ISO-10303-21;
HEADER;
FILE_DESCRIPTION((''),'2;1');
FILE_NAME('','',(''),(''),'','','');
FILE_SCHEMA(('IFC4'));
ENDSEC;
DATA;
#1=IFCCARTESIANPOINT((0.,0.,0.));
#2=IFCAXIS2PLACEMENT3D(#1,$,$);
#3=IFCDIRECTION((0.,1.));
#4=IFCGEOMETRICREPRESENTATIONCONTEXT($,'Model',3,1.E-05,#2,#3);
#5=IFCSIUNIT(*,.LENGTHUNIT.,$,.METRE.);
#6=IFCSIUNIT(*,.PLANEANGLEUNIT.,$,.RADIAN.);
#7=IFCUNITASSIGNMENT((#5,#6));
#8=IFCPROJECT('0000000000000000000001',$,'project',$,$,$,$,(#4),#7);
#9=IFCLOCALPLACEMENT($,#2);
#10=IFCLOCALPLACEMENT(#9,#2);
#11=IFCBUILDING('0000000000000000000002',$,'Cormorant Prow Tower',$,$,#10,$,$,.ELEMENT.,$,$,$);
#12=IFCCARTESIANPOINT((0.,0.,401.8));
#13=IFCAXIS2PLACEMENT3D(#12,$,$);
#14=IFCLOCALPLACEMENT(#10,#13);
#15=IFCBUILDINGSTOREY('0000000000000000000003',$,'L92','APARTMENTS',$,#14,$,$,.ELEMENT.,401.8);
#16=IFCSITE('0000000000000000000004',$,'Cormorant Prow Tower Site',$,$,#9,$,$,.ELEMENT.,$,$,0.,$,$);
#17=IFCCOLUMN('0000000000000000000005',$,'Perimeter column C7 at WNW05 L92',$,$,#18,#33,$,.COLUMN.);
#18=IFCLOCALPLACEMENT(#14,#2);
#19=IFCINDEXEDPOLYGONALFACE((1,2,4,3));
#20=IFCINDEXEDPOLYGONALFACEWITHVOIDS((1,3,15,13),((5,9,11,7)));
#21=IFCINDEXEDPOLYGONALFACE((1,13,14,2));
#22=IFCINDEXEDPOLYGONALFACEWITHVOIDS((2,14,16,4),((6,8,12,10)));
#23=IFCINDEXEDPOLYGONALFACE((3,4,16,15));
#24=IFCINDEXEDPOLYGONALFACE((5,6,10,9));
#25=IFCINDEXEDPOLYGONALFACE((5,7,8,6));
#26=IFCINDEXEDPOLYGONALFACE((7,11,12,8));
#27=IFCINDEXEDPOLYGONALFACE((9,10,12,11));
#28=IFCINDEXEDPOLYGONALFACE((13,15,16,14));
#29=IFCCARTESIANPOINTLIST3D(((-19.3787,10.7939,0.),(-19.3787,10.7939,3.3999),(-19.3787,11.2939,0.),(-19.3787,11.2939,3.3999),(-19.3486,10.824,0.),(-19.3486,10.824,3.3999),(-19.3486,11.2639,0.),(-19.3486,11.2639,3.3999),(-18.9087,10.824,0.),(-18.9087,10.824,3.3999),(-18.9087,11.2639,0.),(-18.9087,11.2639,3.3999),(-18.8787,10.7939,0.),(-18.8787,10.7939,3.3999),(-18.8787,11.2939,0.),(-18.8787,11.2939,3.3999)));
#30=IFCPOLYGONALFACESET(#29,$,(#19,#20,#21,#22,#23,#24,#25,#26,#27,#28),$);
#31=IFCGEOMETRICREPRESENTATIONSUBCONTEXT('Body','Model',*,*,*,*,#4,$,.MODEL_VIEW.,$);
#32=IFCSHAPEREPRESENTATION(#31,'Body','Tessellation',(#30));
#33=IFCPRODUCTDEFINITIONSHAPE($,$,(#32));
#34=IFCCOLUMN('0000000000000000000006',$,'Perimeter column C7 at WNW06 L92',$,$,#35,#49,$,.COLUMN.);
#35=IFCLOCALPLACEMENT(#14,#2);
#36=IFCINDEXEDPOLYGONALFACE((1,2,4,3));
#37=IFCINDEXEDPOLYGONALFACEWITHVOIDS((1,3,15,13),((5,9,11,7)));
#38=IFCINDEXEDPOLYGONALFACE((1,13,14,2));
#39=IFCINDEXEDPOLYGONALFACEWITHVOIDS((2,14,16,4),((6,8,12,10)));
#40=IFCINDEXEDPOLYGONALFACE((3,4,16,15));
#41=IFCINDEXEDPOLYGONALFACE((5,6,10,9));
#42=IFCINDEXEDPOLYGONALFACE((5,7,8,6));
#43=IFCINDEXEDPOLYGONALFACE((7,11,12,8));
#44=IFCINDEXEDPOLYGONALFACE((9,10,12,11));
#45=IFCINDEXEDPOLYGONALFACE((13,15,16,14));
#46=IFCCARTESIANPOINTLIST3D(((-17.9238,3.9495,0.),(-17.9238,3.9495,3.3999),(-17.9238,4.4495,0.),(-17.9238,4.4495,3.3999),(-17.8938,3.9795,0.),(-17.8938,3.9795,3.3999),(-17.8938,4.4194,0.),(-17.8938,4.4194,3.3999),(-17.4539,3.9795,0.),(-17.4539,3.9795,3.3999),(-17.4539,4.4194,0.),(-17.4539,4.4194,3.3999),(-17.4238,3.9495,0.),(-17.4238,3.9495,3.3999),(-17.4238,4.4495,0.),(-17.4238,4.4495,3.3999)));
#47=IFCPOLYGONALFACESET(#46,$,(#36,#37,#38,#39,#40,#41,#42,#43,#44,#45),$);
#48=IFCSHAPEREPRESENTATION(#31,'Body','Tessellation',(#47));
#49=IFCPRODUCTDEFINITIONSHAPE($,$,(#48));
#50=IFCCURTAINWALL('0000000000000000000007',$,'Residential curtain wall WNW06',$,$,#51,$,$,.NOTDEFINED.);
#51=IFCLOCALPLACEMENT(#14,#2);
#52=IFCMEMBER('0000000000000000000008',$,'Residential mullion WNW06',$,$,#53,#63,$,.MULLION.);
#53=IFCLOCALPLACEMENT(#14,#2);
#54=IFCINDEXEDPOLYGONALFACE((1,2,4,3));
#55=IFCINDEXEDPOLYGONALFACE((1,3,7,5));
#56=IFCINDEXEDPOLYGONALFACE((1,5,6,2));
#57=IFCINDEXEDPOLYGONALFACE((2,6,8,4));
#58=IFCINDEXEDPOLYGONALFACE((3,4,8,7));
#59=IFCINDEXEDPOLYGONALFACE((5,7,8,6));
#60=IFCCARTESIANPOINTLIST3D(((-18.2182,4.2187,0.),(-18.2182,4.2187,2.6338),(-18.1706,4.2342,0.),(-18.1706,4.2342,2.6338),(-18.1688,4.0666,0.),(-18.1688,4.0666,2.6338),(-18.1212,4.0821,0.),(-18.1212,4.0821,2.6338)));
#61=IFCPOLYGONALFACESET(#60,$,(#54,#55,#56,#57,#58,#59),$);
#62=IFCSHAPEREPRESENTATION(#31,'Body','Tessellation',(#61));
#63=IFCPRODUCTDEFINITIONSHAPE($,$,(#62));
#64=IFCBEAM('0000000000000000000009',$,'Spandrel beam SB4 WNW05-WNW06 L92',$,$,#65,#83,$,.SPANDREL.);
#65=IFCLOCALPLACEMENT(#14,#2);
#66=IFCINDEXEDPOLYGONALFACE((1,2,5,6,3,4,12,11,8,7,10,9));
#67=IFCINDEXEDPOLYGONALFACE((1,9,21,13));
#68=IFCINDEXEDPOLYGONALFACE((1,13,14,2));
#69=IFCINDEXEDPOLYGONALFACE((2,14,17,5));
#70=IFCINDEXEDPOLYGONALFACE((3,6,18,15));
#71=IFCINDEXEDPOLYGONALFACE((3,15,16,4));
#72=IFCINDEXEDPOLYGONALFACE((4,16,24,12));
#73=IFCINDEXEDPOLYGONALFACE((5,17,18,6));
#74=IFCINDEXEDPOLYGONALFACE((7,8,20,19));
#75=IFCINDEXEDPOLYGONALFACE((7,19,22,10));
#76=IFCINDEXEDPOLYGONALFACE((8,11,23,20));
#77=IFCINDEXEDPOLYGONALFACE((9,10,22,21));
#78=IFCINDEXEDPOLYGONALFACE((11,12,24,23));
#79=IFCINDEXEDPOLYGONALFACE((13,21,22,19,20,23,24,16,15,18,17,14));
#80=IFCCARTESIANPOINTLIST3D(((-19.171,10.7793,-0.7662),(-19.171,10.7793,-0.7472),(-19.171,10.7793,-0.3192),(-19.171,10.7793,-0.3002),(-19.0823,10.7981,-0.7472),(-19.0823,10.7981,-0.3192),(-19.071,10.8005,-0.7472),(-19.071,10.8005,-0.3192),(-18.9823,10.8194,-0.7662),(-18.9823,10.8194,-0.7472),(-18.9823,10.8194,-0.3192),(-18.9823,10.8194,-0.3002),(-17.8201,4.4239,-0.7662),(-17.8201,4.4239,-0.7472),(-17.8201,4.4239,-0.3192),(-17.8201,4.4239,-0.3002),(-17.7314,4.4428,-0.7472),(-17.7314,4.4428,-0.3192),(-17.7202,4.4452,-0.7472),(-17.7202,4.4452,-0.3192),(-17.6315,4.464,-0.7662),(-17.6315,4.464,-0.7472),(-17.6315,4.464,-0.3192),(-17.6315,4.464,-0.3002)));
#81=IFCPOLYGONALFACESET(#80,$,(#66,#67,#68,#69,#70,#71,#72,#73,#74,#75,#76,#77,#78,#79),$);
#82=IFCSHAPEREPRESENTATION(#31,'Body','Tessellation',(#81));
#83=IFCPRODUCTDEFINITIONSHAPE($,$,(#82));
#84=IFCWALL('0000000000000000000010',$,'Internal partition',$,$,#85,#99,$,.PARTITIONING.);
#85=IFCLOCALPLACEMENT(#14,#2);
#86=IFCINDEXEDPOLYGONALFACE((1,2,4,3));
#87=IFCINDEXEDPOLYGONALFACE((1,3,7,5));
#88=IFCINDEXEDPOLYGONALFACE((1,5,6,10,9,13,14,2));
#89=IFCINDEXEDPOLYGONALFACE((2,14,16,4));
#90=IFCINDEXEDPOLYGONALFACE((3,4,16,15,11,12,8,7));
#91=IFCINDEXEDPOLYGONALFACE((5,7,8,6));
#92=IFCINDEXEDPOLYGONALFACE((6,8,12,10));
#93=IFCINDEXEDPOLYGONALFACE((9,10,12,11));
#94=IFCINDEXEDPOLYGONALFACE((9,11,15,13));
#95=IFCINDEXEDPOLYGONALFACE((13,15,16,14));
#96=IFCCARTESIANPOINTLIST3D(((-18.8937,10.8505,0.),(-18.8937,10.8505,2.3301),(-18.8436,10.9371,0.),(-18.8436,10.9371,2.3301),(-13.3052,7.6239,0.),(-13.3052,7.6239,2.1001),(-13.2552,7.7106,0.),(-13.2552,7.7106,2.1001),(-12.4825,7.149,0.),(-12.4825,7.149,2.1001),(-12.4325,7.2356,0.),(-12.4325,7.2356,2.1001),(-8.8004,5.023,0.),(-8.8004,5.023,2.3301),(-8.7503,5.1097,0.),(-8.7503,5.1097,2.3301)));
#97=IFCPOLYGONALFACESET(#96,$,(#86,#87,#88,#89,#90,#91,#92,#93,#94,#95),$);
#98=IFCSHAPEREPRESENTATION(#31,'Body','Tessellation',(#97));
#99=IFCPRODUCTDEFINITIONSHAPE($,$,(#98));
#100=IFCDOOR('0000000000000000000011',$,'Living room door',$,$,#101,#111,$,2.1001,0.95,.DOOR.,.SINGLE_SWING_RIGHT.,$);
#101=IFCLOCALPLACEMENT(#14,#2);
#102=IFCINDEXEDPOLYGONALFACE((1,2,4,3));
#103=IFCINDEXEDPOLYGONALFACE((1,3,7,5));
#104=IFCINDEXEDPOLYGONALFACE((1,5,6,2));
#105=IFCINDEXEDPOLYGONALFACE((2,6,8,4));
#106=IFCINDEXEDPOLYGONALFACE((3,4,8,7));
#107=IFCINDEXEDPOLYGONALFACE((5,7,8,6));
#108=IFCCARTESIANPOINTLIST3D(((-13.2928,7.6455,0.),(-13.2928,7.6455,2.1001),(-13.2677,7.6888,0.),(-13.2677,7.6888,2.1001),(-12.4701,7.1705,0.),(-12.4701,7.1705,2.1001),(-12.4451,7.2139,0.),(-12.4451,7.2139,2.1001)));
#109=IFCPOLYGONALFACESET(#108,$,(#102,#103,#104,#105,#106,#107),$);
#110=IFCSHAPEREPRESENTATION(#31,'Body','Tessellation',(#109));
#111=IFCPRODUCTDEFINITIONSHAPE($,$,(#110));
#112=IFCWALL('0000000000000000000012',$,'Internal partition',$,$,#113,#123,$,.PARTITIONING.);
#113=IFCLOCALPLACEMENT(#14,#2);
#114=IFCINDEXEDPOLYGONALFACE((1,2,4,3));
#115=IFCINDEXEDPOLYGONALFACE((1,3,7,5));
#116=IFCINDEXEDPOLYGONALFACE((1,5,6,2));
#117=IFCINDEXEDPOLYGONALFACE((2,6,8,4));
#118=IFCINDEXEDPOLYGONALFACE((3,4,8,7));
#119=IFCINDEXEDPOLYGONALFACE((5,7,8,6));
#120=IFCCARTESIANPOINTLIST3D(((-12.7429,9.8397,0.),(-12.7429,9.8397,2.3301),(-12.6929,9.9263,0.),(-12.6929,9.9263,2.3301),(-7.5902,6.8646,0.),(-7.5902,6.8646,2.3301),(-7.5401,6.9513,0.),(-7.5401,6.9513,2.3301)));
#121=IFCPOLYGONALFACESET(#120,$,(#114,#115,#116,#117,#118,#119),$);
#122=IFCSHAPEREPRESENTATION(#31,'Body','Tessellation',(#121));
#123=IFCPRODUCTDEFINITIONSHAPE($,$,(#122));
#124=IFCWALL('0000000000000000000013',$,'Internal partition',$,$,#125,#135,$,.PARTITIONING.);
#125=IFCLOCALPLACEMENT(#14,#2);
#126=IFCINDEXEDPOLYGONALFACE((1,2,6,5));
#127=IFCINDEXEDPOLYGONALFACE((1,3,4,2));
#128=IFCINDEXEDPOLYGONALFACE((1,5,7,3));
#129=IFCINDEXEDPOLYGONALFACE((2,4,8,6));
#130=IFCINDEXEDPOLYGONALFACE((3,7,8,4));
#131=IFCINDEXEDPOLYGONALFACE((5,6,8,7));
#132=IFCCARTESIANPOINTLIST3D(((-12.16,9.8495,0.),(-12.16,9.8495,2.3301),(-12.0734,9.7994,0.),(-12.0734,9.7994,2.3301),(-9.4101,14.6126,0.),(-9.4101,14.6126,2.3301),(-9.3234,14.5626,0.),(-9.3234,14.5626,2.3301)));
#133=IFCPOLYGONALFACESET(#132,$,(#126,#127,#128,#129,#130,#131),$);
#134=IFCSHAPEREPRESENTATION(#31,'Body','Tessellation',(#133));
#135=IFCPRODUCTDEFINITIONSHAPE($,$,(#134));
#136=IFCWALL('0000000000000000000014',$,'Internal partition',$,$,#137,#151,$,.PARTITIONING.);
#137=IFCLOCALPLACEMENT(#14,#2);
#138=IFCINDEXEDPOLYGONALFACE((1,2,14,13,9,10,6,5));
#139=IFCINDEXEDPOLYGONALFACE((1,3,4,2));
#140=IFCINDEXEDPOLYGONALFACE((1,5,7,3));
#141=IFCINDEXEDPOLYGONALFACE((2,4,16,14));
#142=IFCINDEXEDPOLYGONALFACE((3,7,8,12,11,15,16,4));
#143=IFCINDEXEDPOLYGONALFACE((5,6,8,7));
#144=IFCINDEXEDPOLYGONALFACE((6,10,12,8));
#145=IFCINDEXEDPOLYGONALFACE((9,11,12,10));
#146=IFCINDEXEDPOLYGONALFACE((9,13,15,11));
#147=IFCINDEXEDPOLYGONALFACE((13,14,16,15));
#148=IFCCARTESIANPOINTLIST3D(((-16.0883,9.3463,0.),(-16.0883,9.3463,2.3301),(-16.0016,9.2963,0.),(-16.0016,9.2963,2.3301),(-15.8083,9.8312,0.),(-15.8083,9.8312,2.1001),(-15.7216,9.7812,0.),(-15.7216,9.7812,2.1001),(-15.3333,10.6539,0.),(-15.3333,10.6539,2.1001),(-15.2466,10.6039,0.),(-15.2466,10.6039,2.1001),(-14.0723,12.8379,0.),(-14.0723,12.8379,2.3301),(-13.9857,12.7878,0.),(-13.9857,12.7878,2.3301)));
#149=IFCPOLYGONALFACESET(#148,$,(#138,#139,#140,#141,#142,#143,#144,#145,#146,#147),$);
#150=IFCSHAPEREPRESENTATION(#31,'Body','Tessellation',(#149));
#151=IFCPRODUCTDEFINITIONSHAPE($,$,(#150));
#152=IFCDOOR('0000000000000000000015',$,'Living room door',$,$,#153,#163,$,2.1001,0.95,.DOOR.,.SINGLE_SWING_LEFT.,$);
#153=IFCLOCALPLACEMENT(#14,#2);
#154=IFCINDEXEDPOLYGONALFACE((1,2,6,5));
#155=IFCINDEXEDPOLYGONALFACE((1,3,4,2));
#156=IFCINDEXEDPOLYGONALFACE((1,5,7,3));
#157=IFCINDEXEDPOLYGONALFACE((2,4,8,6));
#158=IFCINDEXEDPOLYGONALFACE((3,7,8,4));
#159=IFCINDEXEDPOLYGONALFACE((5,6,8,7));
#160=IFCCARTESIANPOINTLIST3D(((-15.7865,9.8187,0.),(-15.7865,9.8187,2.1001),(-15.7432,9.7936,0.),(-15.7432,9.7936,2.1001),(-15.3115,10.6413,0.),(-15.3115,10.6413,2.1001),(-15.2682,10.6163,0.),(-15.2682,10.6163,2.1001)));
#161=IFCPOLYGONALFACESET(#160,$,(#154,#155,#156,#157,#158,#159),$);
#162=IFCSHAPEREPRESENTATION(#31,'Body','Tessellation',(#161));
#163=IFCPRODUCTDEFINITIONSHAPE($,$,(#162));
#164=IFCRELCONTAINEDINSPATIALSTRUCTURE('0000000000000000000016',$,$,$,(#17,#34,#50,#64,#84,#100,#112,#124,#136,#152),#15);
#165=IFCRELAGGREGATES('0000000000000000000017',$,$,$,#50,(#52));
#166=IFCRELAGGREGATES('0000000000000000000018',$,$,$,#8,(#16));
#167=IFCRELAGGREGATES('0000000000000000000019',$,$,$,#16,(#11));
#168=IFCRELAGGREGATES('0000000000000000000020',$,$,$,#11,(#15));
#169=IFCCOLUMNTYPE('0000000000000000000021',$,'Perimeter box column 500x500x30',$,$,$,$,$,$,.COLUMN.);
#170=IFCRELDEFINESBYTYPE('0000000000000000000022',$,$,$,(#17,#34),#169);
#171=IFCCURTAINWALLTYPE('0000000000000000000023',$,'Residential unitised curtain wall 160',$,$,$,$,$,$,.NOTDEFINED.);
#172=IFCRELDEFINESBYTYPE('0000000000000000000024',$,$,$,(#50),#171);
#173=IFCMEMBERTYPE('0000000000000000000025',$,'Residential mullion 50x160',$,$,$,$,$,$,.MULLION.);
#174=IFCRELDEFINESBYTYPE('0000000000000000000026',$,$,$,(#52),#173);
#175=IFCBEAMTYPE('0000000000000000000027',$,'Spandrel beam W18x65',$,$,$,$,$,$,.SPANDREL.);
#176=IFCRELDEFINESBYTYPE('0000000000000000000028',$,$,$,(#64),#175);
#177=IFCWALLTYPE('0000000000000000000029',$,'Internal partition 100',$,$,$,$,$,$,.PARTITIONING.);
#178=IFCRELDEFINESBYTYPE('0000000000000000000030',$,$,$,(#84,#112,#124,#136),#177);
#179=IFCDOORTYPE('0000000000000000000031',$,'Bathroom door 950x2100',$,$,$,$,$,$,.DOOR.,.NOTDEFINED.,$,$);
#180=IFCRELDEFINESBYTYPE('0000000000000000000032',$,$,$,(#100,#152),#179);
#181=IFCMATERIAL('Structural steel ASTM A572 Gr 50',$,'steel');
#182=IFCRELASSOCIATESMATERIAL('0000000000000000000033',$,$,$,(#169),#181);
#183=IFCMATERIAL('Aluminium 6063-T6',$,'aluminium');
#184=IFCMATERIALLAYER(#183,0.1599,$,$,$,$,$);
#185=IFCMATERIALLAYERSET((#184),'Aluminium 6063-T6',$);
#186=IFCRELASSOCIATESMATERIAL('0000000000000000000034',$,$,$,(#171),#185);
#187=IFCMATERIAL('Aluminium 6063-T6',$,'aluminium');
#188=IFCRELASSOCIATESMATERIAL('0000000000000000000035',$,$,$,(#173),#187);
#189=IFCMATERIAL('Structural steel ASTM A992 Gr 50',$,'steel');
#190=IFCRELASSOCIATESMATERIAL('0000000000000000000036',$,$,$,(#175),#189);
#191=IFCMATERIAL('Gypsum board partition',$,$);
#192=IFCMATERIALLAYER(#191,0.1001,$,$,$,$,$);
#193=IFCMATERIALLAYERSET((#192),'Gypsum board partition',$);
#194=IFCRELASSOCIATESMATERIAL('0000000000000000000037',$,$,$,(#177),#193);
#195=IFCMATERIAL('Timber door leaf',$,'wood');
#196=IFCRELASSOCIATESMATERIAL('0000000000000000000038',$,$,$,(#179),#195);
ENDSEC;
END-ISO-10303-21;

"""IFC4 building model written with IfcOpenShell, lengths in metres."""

from ifc_helpers import new_model, si_unit, direction, frame, frame_2d, origin, origin_2d, place, context, subcontext, project, spatial, rectangle, hollow_rectangle, i_section, extrude, material, layer, layer_set, material_profile, profile_set, type_object, element, fill, aggregate, save


model = new_model("IFC4")

# Units and contexts
model_context = context("Model", 3, precision=1e-05, world=origin(), true_north=direction((0.0, 1.0)))
body_context = subcontext(model_context, "Body", "Model", "MODEL_VIEW")
ifc_project = project(units=[si_unit("LENGTHUNIT", "METRE"), si_unit("PLANEANGLEUNIT", "RADIAN")], contexts=[model_context])

# Site, building, storey
site_placement = place(None, origin())
site = spatial("IfcSite", under=ifc_project, at=site_placement, Name="Cormorant Prow Tower Site", CompositionType="ELEMENT", RefElevation=0.0)
building_placement = place(site_placement, origin())
building = spatial("IfcBuilding", under=site, at=building_placement, Name="Cormorant Prow Tower", CompositionType="ELEMENT")
storey_placement = place(building_placement, frame((0.0, 0.0, 401.8)))
storey = spatial("IfcBuildingStorey", under=building, at=storey_placement, Name="L92", Description="APARTMENTS", CompositionType="ELEMENT", Elevation=401.8)

# Columns
ifc_material_1 = material(Name="Structural steel ASTM A572 Gr 50", Category="steel")
ifc_material_profile_1 = material_profile(ifc_material_1, hollow_rectangle(XDim=0.5, YDim=0.5, WallThickness=0.03, at=origin_2d()), Name="Box 500x500x30")
ifc_profile_set_1 = profile_set([ifc_material_profile_1], Name="Structural steel ASTM A572 Gr 50")
column_type = type_object("IfcColumnType", Name="Perimeter box column 500x500x30", PredefinedType="COLUMN", material=ifc_profile_set_1)
for number, where, z_axis, x_axis, name in (
    (1, (-19.1287, 11.0439, 0.0), (0.0, 0.0, 1.0), (1.0, 0.0, 0.0), "Perimeter column C7 at WNW05 L92"),
    (2, (-17.6738, 4.1995, 0.0), (0.0, 0.0, 1.0), (1.0, 0.0, 0.0), "Perimeter column C7 at WNW06 L92"),
):
    element("IfcColumn", number, at=place(storey_placement, frame(where, z_axis=z_axis, x_axis=x_axis)), inside=storey, type_object=column_type, Name=name, PredefinedType="COLUMN", context=body_context, shape_type="SweptSolid", body=[
        extrude(hollow_rectangle(XDim=0.5, YDim=0.5, WallThickness=0.03, at=origin_2d()), origin(), (0.0, 0.0, 1.0), 3.3999),
    ])

# Curtain wall, member
ifc_material_2 = material(Name="Aluminium 6063-T6", Category="aluminium")
ifc_layer_1 = layer(ifc_material_2, 0.1599)
ifc_layer_set_1 = layer_set([ifc_layer_1], Name="Aluminium 6063-T6")
curtain_wall_type = type_object("IfcCurtainWallType", Name="Residential unitised curtain wall 160", PredefinedType="NOTDEFINED", material=ifc_layer_set_1)
curtain_wall_placement = place(storey_placement, origin())
curtain_wall = element("IfcCurtainWall", 3, at=curtain_wall_placement, inside=storey, type_object=curtain_wall_type, Name="Residential curtain wall WNW06", PredefinedType="NOTDEFINED")
ifc_material_3 = material(Name="Aluminium 6063-T6", Category="aluminium")
ifc_material_profile_2 = material_profile(ifc_material_3, rectangle(XDim=0.1599, YDim=0.05, at=origin_2d()), Name="Residential mullion 50x160")
ifc_profile_set_2 = profile_set([ifc_material_profile_2], Name="Aluminium 6063-T6")
member_type = type_object("IfcMemberType", Name="Residential mullion 50x160", PredefinedType="MULLION", material=ifc_profile_set_2)
member_placement = place(storey_placement, frame((-18.1697, 4.1504, 0.0), z_axis=(0.0, 0.0, 1.0), x_axis=(0.309017, -0.951056, 0.0)))
member = element("IfcMember", 4, at=member_placement, type_object=member_type, Name="Residential mullion WNW06", PredefinedType="MULLION", context=body_context, shape_type="SweptSolid", body=[
    extrude(rectangle(XDim=0.1599, YDim=0.05, at=origin_2d()), origin(), (0.0, 0.0, 1.0), 2.6338),
])
aggregate(curtain_wall, [member])

# Beam
ifc_material_4 = material(Name="Structural steel ASTM A992 Gr 50", Category="steel")
ifc_material_profile_3 = material_profile(ifc_material_4, i_section(OverallWidth=0.1929, OverallDepth=0.4661, WebThickness=0.0115, FlangeThickness=0.019, at=origin_2d()), Name="W18x65")
ifc_profile_set_3 = profile_set([ifc_material_profile_3], Name="Structural steel ASTM A992 Gr 50")
beam_type = type_object("IfcBeamType", Name="Spandrel beam W18x65", PredefinedType="SPANDREL", material=ifc_profile_set_3)
beam_placement = place(storey_placement, frame((-19.0767, 10.7993, -0.5332), z_axis=(0.20791, -0.978148, 0.0), x_axis=(0.978148, 0.20791, 0.0)))
element("IfcBeam", 5, at=beam_placement, inside=storey, type_object=beam_type, Name="Spandrel beam SB4 WNW05-WNW06 L92", PredefinedType="SPANDREL", context=body_context, shape_type="SweptSolid", body=[
    extrude(i_section(OverallWidth=0.1929, OverallDepth=0.4661, WebThickness=0.0115, FlangeThickness=0.019, at=origin_2d()), origin(), (0.0, 0.0, 1.0), 6.4973),
])

# Wall, opening, door
ifc_material_5 = material(Name="Gypsum board partition")
ifc_layer_2 = layer(ifc_material_5, 0.1001)
ifc_layer_set_2 = layer_set([ifc_layer_2], Name="Gypsum board partition")
wall_type_1 = type_object("IfcWallType", Name="Internal partition 100", PredefinedType="PARTITIONING", material=ifc_layer_set_2)
wall_1_placement = place(storey_placement, frame((-18.8687, 10.8938, 0.0), z_axis=(0.0, 0.0, 1.0), x_axis=(0.866024, -0.500003, 0.0)))
wall_1 = element("IfcWall", 6, at=wall_1_placement, inside=storey, type_object=wall_type_1, Name="Internal partition", PredefinedType="PARTITIONING", context=body_context, shape_type="SweptSolid", body=[
    extrude(rectangle(XDim=11.6548, YDim=0.1001, at=frame_2d((5.8274, 0.0))), origin(), (0.0, 0.0, 1.0), 2.3301),
])
opening_1_placement = place(wall_1_placement, frame((6.4529, 0.0, 0.0)))
opening_1 = element("IfcOpeningElement", 7, at=opening_1_placement, cuts=wall_1, PredefinedType="OPENING", context=body_context, shape_type="SweptSolid", body=[
    extrude(rectangle(XDim=0.95, YDim=2.1001, at=frame_2d((0.4751, 1.05))), frame((0.0, 0.0601, 0.0), z_axis=(0.0, -1.0, 0.0), x_axis=(1.0, 0.0, 0.0)), (0.0, 0.0, 1.0), 0.1201),
])
ifc_material_6 = material(Name="Timber door leaf", Category="wood")
door_type_1 = type_object("IfcDoorType", Name="Bathroom door 950x2100", OperationType="NOTDEFINED", PredefinedType="DOOR", material=ifc_material_6)
door_1_placement = place(opening_1_placement, origin())
door_1 = element("IfcDoor", 8, at=door_1_placement, inside=storey, type_object=door_type_1, Name="Living room door", OperationType="SINGLE_SWING_RIGHT", OverallHeight=2.1001, OverallWidth=0.95, PredefinedType="DOOR", context=body_context, shape_type="SweptSolid", body=[
    extrude(rectangle(XDim=0.95, YDim=2.1001, at=frame_2d((0.4751, 1.05))), frame((0.0, 0.0249, 0.0), z_axis=(0.0, -1.0, 0.0), x_axis=(1.0, 0.0, 0.0)), (0.0, 0.0, 1.0), 0.05),
])
fill(opening_1, door_1)

# Walls
wall_2_placement = place(storey_placement, frame((-12.718, 9.8831, 0.0), z_axis=(0.0, 0.0, 1.0), x_axis=(0.866017, -0.500014, 0.0)))
element("IfcWall", 9, at=wall_2_placement, inside=storey, type_object=wall_type_1, Name="Internal partition", PredefinedType="PARTITIONING", context=body_context, shape_type="SweptSolid", body=[
    extrude(rectangle(XDim=5.95, YDim=0.1001, at=frame_2d((2.9751, 0.0))), origin(), (0.0, 0.0, 1.0), 2.3301),
])
wall_3_placement = place(storey_placement, frame((-12.1167, 9.8245, 0.0), z_axis=(0.0, 0.0, 1.0), x_axis=(0.499997, 0.866027, 0.0)))
element("IfcWall", 10, at=wall_3_placement, inside=storey, type_object=wall_type_1, Name="Internal partition", PredefinedType="PARTITIONING", context=body_context, shape_type="SweptSolid", body=[
    extrude(rectangle(XDim=5.5, YDim=0.1001, at=frame_2d((2.75, 0.0))), origin(), (0.0, 0.0, 1.0), 2.3301),
])

# Wall, opening, door
wall_4_placement = place(storey_placement, frame((-16.0449, 9.3213, 0.0), z_axis=(0.0, 0.0, 1.0), x_axis=(0.500014, 0.866017, 0.0)))
wall_4 = element("IfcWall", 11, at=wall_4_placement, inside=storey, type_object=wall_type_1, Name="Internal partition", PredefinedType="PARTITIONING", context=body_context, shape_type="SweptSolid", body=[
    extrude(rectangle(XDim=4.0317, YDim=0.1001, at=frame_2d((2.0159, 0.0))), origin(), (0.0, 0.0, 1.0), 2.3301),
])
opening_2_placement = place(wall_4_placement, frame((0.5598, 0.0, 0.0)))
opening_2 = element("IfcOpeningElement", 12, at=opening_2_placement, cuts=wall_4, PredefinedType="OPENING", context=body_context, shape_type="SweptSolid", body=[
    extrude(rectangle(XDim=0.95, YDim=2.1001, at=frame_2d((0.4751, 1.05))), frame((0.0, 0.0601, 0.0), z_axis=(0.0, -1.0, 0.0), x_axis=(1.0, 0.0, 0.0)), (0.0, 0.0, 1.0), 0.1201),
])
door_2_placement = place(opening_2_placement, origin())
door_2 = element("IfcDoor", 13, at=door_2_placement, inside=storey, type_object=door_type_1, Name="Living room door", OperationType="SINGLE_SWING_LEFT", OverallHeight=2.1001, OverallWidth=0.95, PredefinedType="DOOR", context=body_context, shape_type="SweptSolid", body=[
    extrude(rectangle(XDim=0.95, YDim=2.1001, at=frame_2d((0.4751, 1.05))), frame((0.0, 0.0249, 0.0), z_axis=(0.0, -1.0, 0.0), x_axis=(1.0, 0.0, 0.0)), (0.0, 0.0, 1.0), 0.05),
])
fill(opening_2, door_2)

save(model, "model.ifc")
